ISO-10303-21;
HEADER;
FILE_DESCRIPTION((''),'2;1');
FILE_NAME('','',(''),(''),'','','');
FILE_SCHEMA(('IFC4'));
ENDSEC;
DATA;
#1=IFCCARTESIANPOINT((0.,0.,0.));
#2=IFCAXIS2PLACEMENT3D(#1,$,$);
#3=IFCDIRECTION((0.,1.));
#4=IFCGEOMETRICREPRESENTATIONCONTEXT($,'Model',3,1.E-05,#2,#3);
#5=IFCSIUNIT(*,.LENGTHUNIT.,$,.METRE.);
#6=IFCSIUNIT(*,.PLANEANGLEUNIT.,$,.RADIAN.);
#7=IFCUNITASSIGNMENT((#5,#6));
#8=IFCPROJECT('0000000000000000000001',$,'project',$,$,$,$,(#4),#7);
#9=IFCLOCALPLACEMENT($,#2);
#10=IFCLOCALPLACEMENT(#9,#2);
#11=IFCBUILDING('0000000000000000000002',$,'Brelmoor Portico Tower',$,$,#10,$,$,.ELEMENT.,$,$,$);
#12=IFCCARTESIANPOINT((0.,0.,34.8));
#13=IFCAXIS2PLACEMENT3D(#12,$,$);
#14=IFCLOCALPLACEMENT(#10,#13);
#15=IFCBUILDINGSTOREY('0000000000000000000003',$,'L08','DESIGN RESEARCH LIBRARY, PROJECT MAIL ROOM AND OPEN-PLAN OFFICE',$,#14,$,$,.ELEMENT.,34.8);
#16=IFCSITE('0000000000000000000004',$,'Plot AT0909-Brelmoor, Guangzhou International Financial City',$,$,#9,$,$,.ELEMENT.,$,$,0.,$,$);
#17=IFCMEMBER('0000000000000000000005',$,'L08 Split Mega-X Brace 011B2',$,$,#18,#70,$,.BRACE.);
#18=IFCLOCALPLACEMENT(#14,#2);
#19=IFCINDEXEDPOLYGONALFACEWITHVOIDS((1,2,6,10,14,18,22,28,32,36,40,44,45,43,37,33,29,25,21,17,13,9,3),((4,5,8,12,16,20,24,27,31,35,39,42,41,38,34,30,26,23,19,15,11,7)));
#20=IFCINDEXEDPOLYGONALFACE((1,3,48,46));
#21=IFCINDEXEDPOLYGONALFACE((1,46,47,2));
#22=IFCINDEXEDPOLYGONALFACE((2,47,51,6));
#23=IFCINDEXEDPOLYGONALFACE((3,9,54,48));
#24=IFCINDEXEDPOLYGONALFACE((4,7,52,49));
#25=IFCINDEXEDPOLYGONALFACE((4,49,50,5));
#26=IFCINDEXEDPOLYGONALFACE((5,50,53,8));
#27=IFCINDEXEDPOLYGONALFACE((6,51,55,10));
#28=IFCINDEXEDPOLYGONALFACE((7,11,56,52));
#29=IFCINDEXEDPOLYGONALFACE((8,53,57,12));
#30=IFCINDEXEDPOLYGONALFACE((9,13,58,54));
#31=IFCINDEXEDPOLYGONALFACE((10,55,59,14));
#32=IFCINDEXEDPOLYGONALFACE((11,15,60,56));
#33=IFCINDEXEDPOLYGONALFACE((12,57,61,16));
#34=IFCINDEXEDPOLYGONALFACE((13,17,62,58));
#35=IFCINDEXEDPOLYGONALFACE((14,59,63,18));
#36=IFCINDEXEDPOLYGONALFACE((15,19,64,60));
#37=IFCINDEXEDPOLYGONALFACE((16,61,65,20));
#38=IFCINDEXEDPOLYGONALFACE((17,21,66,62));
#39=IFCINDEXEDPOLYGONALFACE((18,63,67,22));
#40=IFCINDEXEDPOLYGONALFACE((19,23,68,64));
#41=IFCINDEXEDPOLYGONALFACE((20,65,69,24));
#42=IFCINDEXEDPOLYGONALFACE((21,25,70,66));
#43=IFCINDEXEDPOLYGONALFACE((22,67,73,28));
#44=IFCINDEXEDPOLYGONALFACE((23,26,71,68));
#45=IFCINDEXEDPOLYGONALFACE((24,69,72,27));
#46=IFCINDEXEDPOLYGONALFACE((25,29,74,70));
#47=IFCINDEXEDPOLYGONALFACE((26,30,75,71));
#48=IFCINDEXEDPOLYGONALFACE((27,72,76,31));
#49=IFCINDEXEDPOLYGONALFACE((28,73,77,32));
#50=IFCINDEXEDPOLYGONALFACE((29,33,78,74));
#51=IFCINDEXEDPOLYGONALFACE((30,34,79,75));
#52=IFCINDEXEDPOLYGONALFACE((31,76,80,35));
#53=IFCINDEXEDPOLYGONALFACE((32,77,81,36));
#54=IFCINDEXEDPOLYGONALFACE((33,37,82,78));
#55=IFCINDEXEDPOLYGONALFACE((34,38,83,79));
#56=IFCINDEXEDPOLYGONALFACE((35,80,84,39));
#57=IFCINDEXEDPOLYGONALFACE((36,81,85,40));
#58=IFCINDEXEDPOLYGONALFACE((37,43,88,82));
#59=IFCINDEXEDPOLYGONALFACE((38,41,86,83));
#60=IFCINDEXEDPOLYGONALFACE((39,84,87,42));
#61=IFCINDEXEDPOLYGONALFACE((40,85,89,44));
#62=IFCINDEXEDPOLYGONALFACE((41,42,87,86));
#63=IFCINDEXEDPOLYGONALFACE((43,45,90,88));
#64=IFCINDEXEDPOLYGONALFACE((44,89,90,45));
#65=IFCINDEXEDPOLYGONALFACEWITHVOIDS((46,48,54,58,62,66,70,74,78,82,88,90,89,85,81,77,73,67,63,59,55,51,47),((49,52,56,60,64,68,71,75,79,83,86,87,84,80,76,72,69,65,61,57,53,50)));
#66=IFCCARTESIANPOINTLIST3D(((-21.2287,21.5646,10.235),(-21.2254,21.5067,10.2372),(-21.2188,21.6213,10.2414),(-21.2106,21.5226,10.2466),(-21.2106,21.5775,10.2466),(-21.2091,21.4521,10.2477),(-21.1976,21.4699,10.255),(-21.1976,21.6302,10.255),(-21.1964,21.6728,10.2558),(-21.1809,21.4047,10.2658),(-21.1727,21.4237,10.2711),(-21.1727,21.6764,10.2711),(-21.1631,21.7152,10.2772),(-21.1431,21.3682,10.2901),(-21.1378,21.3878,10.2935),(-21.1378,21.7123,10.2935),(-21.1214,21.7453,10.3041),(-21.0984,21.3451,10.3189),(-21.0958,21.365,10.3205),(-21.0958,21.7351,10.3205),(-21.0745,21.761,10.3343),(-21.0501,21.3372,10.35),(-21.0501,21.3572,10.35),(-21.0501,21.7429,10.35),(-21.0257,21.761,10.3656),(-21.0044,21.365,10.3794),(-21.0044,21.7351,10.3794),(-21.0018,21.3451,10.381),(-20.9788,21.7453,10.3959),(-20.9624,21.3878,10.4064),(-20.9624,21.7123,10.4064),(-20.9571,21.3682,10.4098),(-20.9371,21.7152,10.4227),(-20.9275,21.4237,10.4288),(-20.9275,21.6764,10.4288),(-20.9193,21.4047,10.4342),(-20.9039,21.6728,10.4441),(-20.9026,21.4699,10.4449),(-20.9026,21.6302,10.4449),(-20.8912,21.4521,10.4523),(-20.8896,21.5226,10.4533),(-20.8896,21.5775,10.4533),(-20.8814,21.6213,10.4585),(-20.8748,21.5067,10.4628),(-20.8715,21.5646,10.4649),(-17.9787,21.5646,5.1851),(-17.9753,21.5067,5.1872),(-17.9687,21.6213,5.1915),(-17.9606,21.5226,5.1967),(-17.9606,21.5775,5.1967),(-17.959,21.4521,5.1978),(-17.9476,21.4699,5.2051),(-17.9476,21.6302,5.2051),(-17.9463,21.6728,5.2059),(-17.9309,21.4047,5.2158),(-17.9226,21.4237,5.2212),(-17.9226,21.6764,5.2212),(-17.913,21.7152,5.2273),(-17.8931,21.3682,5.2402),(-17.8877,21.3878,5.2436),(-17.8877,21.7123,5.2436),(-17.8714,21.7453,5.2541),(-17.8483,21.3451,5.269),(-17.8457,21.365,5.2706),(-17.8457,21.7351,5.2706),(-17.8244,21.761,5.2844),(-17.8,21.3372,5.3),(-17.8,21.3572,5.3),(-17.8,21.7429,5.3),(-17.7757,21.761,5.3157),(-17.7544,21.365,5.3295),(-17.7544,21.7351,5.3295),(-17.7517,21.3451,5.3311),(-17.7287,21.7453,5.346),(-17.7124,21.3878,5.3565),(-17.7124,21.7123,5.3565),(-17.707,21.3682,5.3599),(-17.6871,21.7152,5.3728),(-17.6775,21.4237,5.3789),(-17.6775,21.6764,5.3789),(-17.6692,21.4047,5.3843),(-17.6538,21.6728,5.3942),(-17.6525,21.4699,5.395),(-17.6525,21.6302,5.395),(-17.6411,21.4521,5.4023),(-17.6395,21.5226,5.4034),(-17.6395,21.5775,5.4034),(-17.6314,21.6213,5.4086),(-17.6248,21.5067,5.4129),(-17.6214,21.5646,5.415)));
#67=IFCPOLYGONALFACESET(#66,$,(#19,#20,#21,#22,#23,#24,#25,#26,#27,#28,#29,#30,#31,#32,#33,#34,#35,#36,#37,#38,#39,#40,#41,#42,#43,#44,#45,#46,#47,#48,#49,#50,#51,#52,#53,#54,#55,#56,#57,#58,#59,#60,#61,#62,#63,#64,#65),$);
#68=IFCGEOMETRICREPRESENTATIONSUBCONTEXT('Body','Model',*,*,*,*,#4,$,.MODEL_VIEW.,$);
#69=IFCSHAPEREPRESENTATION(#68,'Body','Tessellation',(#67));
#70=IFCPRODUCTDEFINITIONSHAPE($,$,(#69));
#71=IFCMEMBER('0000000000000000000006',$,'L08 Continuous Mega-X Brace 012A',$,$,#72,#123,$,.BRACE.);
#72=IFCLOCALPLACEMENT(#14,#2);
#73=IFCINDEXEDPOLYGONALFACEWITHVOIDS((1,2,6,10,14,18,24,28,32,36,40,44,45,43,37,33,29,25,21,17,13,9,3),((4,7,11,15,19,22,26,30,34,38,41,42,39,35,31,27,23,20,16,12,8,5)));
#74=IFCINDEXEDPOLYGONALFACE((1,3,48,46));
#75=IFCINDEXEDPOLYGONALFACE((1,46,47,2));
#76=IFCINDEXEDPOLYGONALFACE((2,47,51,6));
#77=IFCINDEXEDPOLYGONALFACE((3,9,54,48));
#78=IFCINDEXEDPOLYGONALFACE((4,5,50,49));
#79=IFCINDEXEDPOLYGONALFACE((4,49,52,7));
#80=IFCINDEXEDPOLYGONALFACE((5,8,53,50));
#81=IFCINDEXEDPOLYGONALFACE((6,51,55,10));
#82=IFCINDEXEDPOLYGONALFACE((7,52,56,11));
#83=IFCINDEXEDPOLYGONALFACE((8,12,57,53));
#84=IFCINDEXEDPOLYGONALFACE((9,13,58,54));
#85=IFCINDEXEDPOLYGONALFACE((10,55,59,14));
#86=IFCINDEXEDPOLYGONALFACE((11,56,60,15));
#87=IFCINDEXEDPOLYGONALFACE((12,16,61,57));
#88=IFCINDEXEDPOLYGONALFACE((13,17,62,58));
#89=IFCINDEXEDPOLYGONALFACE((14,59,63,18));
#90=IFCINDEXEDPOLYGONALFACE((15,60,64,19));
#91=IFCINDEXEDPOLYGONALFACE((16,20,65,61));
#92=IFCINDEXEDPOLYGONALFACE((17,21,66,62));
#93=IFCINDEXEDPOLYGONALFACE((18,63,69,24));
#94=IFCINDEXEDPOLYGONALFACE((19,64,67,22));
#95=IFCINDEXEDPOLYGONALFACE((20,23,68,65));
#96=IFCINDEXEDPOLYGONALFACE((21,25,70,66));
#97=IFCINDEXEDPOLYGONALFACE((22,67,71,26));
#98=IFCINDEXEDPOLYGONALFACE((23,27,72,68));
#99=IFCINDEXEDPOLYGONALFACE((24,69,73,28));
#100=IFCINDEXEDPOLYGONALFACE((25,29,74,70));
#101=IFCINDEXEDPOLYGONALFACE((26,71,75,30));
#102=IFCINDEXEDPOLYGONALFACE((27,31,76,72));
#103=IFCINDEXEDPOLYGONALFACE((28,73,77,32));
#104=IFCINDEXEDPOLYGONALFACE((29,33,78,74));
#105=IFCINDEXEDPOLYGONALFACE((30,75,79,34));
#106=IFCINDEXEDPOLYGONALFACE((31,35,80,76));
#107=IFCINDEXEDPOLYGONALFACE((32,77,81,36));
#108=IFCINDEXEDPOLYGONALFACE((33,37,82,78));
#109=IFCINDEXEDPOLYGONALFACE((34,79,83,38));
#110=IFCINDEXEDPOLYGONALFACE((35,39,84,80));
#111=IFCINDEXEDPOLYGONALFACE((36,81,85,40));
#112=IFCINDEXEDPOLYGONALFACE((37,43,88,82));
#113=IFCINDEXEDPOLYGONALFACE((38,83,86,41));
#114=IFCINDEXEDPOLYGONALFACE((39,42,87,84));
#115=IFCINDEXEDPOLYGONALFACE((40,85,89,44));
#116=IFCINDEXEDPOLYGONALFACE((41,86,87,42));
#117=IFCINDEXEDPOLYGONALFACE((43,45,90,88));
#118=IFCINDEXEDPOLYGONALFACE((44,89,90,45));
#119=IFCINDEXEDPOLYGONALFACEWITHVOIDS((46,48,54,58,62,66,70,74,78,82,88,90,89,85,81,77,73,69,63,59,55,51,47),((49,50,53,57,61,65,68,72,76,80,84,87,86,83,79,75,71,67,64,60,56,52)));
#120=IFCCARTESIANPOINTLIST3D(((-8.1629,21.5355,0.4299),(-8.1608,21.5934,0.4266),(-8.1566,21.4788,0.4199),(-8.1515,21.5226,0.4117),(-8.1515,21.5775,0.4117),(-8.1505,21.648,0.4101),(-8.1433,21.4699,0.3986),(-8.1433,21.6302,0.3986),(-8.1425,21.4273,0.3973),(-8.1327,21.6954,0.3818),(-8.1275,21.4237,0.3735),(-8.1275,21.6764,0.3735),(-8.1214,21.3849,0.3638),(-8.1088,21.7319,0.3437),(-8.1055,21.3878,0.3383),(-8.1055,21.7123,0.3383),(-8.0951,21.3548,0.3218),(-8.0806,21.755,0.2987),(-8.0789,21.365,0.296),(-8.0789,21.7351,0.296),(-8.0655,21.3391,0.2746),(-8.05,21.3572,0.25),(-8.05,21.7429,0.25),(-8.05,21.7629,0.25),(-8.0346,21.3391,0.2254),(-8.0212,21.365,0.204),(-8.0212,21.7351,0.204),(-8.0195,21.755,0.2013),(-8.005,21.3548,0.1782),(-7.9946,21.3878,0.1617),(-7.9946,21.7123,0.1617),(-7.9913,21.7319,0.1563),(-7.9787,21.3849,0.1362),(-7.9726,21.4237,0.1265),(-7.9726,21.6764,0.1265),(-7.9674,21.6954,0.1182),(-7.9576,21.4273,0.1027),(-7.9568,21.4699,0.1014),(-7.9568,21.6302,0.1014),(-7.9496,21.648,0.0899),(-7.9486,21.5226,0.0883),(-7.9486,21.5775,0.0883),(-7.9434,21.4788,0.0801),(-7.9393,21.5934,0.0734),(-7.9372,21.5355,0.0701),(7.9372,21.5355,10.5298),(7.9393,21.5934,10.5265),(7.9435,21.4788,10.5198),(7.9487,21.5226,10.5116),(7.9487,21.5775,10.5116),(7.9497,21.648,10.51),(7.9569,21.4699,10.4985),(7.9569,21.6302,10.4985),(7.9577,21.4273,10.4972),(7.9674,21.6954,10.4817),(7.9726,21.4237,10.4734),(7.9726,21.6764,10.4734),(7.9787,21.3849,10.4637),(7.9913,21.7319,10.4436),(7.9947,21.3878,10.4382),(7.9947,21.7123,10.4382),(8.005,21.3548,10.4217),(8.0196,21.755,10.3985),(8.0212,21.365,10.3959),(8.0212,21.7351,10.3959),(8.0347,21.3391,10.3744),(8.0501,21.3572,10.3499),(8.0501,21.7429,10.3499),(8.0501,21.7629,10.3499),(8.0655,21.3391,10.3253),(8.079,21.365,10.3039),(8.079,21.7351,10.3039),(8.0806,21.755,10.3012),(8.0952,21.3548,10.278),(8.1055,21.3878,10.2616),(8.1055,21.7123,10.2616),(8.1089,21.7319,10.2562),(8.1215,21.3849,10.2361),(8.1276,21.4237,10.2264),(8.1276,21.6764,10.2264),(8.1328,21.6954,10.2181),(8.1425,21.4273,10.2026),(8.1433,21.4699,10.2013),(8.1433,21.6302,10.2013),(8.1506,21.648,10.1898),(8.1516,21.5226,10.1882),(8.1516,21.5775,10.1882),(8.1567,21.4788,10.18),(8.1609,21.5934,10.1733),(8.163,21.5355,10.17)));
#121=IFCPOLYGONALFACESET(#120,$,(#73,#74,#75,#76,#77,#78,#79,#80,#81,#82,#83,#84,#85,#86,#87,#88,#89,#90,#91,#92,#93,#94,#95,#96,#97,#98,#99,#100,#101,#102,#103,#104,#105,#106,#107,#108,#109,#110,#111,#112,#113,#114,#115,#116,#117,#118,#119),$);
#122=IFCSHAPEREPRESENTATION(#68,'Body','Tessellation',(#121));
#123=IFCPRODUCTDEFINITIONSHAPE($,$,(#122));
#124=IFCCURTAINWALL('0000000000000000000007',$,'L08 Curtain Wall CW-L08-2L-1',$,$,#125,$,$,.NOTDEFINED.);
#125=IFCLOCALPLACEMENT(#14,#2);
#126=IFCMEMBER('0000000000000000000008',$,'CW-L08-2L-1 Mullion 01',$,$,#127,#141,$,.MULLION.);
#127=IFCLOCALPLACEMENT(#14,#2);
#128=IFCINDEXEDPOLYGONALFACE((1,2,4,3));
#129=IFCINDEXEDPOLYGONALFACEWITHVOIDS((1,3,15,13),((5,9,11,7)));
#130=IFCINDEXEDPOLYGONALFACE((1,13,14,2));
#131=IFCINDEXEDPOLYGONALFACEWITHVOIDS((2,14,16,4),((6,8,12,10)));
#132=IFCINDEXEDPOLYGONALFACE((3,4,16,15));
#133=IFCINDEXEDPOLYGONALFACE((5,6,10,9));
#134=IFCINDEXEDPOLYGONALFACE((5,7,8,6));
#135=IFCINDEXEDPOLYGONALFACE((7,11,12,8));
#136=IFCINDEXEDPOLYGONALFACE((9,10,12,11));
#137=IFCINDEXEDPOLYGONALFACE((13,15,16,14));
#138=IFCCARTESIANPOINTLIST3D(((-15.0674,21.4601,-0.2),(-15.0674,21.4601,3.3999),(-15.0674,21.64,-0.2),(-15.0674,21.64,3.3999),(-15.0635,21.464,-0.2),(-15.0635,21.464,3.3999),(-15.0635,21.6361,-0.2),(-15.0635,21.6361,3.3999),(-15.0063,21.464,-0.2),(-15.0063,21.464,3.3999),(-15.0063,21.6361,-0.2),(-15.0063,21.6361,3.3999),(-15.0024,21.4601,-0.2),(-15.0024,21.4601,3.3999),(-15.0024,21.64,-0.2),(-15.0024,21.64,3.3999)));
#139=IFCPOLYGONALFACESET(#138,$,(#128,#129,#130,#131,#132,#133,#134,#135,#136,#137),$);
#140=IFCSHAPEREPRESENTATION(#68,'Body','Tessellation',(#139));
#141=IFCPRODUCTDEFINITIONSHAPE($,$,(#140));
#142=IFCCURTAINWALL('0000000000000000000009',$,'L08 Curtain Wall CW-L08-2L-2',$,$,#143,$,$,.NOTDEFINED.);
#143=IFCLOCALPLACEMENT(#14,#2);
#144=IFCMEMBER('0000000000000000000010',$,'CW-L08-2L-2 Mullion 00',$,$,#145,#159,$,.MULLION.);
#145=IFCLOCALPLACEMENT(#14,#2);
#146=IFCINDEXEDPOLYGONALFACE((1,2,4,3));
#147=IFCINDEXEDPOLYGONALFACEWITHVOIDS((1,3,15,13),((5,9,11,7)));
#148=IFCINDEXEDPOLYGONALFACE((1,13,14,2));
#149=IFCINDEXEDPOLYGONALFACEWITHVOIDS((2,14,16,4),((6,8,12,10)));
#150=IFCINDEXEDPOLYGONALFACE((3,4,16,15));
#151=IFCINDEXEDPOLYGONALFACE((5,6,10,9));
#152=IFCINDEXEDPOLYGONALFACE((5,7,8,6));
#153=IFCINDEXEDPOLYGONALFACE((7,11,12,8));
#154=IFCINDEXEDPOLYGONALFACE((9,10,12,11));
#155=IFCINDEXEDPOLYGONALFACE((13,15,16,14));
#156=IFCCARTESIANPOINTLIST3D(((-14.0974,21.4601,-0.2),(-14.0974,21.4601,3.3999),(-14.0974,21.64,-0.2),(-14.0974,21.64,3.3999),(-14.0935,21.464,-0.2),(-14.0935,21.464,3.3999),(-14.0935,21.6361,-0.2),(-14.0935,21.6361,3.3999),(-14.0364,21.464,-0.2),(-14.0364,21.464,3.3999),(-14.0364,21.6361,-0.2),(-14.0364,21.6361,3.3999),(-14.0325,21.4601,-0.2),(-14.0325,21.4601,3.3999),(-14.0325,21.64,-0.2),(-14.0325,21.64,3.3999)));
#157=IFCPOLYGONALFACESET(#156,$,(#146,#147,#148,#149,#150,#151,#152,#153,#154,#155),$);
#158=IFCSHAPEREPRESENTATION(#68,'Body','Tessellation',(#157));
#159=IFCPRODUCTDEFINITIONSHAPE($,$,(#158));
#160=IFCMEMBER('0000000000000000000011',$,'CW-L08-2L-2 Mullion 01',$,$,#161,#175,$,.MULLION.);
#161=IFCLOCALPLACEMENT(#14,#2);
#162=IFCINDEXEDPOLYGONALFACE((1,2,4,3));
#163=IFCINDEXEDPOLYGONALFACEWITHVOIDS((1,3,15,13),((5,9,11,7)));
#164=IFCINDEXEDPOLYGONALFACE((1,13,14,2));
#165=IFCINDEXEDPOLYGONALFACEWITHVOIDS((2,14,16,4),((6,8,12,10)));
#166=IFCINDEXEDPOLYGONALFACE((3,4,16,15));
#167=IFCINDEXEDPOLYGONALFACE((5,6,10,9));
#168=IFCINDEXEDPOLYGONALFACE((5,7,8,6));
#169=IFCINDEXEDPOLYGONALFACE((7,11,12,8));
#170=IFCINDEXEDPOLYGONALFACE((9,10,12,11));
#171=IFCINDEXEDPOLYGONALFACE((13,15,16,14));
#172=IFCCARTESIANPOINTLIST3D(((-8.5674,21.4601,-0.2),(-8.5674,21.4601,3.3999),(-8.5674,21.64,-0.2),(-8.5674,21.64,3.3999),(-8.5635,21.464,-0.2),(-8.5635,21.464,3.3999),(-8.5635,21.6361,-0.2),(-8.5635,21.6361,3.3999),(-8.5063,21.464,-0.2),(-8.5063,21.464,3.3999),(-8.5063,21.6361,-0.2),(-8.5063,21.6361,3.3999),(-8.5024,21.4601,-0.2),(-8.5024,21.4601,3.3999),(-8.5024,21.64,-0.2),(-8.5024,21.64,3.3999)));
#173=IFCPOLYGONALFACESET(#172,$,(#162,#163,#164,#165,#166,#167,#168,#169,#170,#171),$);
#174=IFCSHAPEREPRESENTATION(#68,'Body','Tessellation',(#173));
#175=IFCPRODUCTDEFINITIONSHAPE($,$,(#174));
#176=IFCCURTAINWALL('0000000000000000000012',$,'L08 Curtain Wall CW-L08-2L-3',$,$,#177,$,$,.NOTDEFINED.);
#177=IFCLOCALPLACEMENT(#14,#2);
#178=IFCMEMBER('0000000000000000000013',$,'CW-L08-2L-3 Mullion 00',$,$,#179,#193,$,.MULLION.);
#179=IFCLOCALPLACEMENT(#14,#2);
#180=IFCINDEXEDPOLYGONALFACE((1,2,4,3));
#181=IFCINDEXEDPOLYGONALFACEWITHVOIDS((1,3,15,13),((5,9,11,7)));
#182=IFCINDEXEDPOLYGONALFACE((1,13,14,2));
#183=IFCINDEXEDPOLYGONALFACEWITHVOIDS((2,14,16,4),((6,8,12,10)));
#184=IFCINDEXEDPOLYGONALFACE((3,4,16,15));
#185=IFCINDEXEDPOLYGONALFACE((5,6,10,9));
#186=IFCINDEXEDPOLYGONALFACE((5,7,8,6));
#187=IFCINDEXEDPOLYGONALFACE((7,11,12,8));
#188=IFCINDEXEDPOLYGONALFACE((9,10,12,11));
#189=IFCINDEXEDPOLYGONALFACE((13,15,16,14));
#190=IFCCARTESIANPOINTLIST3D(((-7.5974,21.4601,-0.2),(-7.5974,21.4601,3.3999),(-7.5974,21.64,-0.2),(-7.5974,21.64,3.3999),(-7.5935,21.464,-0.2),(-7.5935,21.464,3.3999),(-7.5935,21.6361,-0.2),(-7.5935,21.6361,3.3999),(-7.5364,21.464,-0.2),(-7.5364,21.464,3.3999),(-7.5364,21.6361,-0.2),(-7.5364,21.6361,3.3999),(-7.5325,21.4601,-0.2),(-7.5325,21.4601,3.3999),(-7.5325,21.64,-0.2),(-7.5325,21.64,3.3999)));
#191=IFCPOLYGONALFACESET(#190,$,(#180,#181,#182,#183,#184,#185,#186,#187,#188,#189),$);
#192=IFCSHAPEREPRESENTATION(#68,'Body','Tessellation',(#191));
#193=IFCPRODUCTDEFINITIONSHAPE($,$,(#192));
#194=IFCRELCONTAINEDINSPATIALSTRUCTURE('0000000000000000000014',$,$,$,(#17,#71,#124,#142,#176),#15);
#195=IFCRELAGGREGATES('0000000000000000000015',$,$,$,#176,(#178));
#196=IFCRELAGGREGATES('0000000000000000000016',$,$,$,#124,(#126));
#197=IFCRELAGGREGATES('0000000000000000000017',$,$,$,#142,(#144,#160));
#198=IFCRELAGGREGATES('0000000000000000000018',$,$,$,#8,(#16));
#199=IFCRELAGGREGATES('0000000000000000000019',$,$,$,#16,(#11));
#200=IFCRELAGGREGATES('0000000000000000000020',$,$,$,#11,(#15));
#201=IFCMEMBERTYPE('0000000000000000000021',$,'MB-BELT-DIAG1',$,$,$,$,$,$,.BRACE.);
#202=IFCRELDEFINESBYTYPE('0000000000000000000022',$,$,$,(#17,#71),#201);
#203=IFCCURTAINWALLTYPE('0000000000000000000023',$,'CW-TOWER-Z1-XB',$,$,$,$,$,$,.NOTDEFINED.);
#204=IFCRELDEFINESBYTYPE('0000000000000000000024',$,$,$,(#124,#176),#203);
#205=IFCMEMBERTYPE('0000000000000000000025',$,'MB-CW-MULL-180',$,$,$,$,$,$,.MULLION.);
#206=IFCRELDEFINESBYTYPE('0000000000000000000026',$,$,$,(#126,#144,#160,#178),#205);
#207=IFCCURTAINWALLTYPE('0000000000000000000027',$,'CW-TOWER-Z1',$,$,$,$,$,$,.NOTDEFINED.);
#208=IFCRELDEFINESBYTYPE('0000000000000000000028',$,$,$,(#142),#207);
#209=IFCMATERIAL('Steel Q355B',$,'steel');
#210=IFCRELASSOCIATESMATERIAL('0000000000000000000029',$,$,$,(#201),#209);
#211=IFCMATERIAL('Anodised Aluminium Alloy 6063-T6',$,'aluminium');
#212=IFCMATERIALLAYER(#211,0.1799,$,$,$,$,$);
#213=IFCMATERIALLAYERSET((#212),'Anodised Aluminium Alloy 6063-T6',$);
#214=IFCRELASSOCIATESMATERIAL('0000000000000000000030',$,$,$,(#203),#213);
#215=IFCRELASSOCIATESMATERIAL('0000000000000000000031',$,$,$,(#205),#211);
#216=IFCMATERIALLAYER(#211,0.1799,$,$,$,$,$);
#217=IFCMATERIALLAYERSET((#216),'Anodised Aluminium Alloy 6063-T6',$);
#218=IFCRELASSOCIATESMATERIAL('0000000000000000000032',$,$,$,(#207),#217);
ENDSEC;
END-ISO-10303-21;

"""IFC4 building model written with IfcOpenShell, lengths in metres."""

from ifc_helpers import new_model, si_unit, direction, frame, origin, origin_2d, place, context, subcontext, project, spatial, hollow_rectangle, hollow_circle, extrude, material, layer, layer_set, material_profile, profile_set, type_object, element, aggregate, save


model = new_model("IFC4")

# Units and contexts
model_context = context("Model", 3, precision=1e-05, world=origin(), true_north=direction((0.0, 1.0)))
body_context = subcontext(model_context, "Body", "Model", "MODEL_VIEW")
ifc_project = project(units=[si_unit("LENGTHUNIT", "METRE"), si_unit("PLANEANGLEUNIT", "RADIAN")], contexts=[model_context])

# Site, building, storey
site_placement = place(None, origin())
site = spatial("IfcSite", under=ifc_project, at=site_placement, Name="Plot AT0909-Brelmoor, Guangzhou International Financial City", CompositionType="ELEMENT", RefElevation=0.0)
building_placement = place(site_placement, origin())
building = spatial("IfcBuilding", under=site, at=building_placement, Name="Brelmoor Portico Tower", CompositionType="ELEMENT")
storey_placement = place(building_placement, frame((0.0, 0.0, 34.8)))
storey = spatial("IfcBuildingStorey", under=building, at=storey_placement, Name="L08", Description="DESIGN RESEARCH LIBRARY, PROJECT MAIL ROOM AND OPEN-PLAN OFFICE", CompositionType="ELEMENT", Elevation=34.8)

# Shared definitions
ifc_material_1 = material(Name="Steel Q355B", Category="steel")

# Members
ifc_material_profile_1 = material_profile(ifc_material_1, hollow_circle(Radius=0.2129, WallThickness=0.02, at=origin_2d()), Name="CHS 426x20")
ifc_profile_set_1 = profile_set([ifc_material_profile_1], Name="Steel Q355B")
member_type_1 = type_object("IfcMemberType", Name="MB-BELT-DIAG1", PredefinedType="BRACE", material=ifc_profile_set_1)
for number, where, z_axis, x_axis, name in (
    (1, (-17.8, 21.55, 5.3), (-0.541193, 0.0, 0.840898), (0.0, -1.0, 0.0), "L08 Split Mega-X Brace 011B2"),
):
    element("IfcMember", number, at=place(storey_placement, frame(where, z_axis=z_axis, x_axis=x_axis)), inside=storey, type_object=member_type_1, Name=name, PredefinedType="BRACE", context=body_context, shape_type="SweptSolid", body=[
        extrude(hollow_circle(Radius=0.2129, WallThickness=0.02, at=origin_2d()), origin(), (0.0, 0.0, 1.0), 6.0054),
    ])
member_1_placement = place(storey_placement, frame((-8.05, 21.55, 0.25), z_axis=(0.847115, 0.0, 0.531409), x_axis=(0.0, 1.0, 0.0)))
element("IfcMember", 2, at=member_1_placement, inside=storey, type_object=member_type_1, Name="L08 Continuous Mega-X Brace 012A", PredefinedType="BRACE", context=body_context, shape_type="SweptSolid", body=[
    extrude(hollow_circle(Radius=0.2129, WallThickness=0.02, at=origin_2d()), origin(), (0.0, 0.0, 1.0), 19.0059),
])

# Curtain wall, member
ifc_material_2 = material(Name="Anodised Aluminium Alloy 6063-T6", Category="aluminium")
ifc_layer_1 = layer(ifc_material_2, 0.1799)
ifc_layer_set_1 = layer_set([ifc_layer_1], Name="Anodised Aluminium Alloy 6063-T6")
curtain_wall_type_1 = type_object("IfcCurtainWallType", Name="CW-TOWER-Z1-XB", PredefinedType="NOTDEFINED", material=ifc_layer_set_1)
curtain_wall_1_placement = place(storey_placement, origin())
curtain_wall_1 = element("IfcCurtainWall", 3, at=curtain_wall_1_placement, inside=storey, type_object=curtain_wall_type_1, Name="L08 Curtain Wall CW-L08-2L-1", PredefinedType="NOTDEFINED")
ifc_material_profile_2 = material_profile(ifc_material_2, hollow_rectangle(XDim=0.0649, YDim=0.1799, WallThickness=0.0039, at=origin_2d()), Name="ALU MULLION 65x180")
ifc_profile_set_2 = profile_set([ifc_material_profile_2], Name="Anodised Aluminium Alloy 6063-T6")
member_type_2 = type_object("IfcMemberType", Name="MB-CW-MULL-180", PredefinedType="MULLION", material=ifc_profile_set_2)
member_2_placement = place(storey_placement, frame((-15.0349, 21.55, -0.2), z_axis=(0.0, 0.0, 1.0), x_axis=(1.0, 0.0, 0.0)))
member_2 = element("IfcMember", 4, at=member_2_placement, type_object=member_type_2, Name="CW-L08-2L-1 Mullion 01", PredefinedType="MULLION", context=body_context, shape_type="SweptSolid", body=[
    extrude(hollow_rectangle(XDim=0.0649, YDim=0.1799, WallThickness=0.0039, at=origin_2d()), origin(), (0.0, 0.0, 1.0), 3.5999),
])

# Curtain wall, members
ifc_layer_2 = layer(ifc_material_2, 0.1799)
ifc_layer_set_2 = layer_set([ifc_layer_2], Name="Anodised Aluminium Alloy 6063-T6")
curtain_wall_type_2 = type_object("IfcCurtainWallType", Name="CW-TOWER-Z1", PredefinedType="NOTDEFINED", material=ifc_layer_set_2)
curtain_wall_2_placement = place(storey_placement, origin())
curtain_wall_2 = element("IfcCurtainWall", 5, at=curtain_wall_2_placement, inside=storey, type_object=curtain_wall_type_2, Name="L08 Curtain Wall CW-L08-2L-2", PredefinedType="NOTDEFINED")
member_3_placement = place(storey_placement, frame((-14.0649, 21.55, -0.2), z_axis=(0.0, 0.0, 1.0), x_axis=(1.0, 0.0, 0.0)))
member_3 = element("IfcMember", 6, at=member_3_placement, type_object=member_type_2, Name="CW-L08-2L-2 Mullion 00", PredefinedType="MULLION", context=body_context, shape_type="SweptSolid", body=[
    extrude(hollow_rectangle(XDim=0.0649, YDim=0.1799, WallThickness=0.0039, at=origin_2d()), origin(), (0.0, 0.0, 1.0), 3.5999),
])
member_4_placement = place(storey_placement, frame((-8.5349, 21.55, -0.2), z_axis=(0.0, 0.0, 1.0), x_axis=(1.0, 0.0, 0.0)))
member_4 = element("IfcMember", 7, at=member_4_placement, type_object=member_type_2, Name="CW-L08-2L-2 Mullion 01", PredefinedType="MULLION", context=body_context, shape_type="SweptSolid", body=[
    extrude(hollow_rectangle(XDim=0.0649, YDim=0.1799, WallThickness=0.0039, at=origin_2d()), origin(), (0.0, 0.0, 1.0), 3.5999),
])

# Curtain wall, member
curtain_wall_3_placement = place(storey_placement, origin())
curtain_wall_3 = element("IfcCurtainWall", 8, at=curtain_wall_3_placement, inside=storey, type_object=curtain_wall_type_1, Name="L08 Curtain Wall CW-L08-2L-3", PredefinedType="NOTDEFINED")
member_5_placement = place(storey_placement, frame((-7.5649, 21.55, -0.2), z_axis=(0.0, 0.0, 1.0), x_axis=(1.0, 0.0, 0.0)))
member_5 = element("IfcMember", 9, at=member_5_placement, type_object=member_type_2, Name="CW-L08-2L-3 Mullion 00", PredefinedType="MULLION", context=body_context, shape_type="SweptSolid", body=[
    extrude(hollow_rectangle(XDim=0.0649, YDim=0.1799, WallThickness=0.0039, at=origin_2d()), origin(), (0.0, 0.0, 1.0), 3.5999),
])

aggregate(curtain_wall_3, [member_5])

aggregate(curtain_wall_1, [member_2])
aggregate(curtain_wall_2, [member_3, member_4])

save(model, "model.ifc")
